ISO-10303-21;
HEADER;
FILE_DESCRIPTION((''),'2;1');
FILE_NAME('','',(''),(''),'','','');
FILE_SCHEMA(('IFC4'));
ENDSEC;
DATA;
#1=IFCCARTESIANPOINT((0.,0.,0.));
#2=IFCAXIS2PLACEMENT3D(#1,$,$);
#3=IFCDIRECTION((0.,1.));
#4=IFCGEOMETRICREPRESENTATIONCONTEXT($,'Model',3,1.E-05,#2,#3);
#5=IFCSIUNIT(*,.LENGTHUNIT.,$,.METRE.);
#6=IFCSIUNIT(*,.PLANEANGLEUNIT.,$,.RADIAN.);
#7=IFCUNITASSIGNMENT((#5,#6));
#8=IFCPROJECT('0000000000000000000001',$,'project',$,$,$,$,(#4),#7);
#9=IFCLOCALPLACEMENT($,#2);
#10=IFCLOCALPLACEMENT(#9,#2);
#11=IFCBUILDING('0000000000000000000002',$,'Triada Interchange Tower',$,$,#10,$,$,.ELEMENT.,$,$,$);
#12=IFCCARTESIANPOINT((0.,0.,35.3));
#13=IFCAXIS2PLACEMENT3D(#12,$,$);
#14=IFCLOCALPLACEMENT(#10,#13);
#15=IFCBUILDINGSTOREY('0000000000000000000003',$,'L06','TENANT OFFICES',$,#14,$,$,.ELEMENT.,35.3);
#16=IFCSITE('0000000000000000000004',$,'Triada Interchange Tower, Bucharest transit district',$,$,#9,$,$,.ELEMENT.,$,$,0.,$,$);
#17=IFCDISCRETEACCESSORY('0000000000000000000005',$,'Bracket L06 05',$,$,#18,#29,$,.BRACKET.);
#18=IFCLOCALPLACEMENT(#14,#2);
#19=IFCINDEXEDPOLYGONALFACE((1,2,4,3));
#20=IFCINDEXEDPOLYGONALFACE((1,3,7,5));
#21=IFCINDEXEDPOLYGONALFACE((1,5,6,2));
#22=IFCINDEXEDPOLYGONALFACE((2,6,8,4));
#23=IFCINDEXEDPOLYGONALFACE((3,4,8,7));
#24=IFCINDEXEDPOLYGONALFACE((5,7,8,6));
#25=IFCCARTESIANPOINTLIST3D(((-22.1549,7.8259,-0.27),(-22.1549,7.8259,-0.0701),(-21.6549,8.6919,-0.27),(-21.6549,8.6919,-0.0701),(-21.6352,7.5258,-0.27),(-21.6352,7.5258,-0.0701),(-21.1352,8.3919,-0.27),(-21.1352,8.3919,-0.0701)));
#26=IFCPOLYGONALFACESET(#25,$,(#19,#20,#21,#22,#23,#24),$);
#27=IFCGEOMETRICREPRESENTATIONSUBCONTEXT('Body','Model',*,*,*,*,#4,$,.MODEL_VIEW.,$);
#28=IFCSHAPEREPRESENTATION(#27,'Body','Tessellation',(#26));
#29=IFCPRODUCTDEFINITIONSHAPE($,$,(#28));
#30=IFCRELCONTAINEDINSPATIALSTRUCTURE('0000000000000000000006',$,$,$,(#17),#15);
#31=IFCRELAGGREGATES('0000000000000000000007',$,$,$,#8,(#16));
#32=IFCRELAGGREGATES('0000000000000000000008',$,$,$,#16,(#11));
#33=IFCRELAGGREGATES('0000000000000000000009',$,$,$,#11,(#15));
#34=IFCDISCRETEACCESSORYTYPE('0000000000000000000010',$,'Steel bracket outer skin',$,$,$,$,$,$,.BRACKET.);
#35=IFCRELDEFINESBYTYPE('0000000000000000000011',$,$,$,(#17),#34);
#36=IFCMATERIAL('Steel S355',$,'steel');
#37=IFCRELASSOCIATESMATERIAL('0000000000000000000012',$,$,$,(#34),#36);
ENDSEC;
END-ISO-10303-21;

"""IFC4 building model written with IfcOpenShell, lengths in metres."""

from ifc_helpers import new_model, si_unit, direction, frame, origin, origin_2d, place, context, subcontext, project, spatial, rectangle, extrude, material, type_object, element, save


model = new_model("IFC4")

# Units and contexts
model_context = context("Model", 3, precision=1e-05, world=origin(), true_north=direction((0.0, 1.0)))
body_context = subcontext(model_context, "Body", "Model", "MODEL_VIEW")
ifc_project = project(units=[si_unit("LENGTHUNIT", "METRE"), si_unit("PLANEANGLEUNIT", "RADIAN")], contexts=[model_context])

# Site, building, storey
site_placement = place(None, origin())
site = spatial("IfcSite", under=ifc_project, at=site_placement, Name="Triada Interchange Tower, Bucharest transit district", CompositionType="ELEMENT", RefElevation=0.0)
building_placement = place(site_placement, origin())
building = spatial("IfcBuilding", under=site, at=building_placement, Name="Triada Interchange Tower", CompositionType="ELEMENT")
storey_placement = place(building_placement, frame((0.0, 0.0, 35.3)))
storey = spatial("IfcBuildingStorey", under=building, at=storey_placement, Name="L06", Description="TENANT OFFICES", CompositionType="ELEMENT", Elevation=35.3)

# Discrete accessory
ifc_material_1 = material(Name="Steel S355", Category="steel")
discrete_accessory_type = type_object("IfcDiscreteAccessoryType", Name="Steel bracket outer skin", PredefinedType="BRACKET", material=ifc_material_1)
for number, where, z_axis, x_axis, name in (
    (1, (-21.645, 8.1089, -0.27), (0.0, 0.0, 1.0), (-0.866021, 0.500008, 0.0), "Bracket L06 05"),
):
    element("IfcDiscreteAccessory", number, at=place(storey_placement, frame(where, z_axis=z_axis, x_axis=x_axis)), inside=storey, type_object=discrete_accessory_type, Name=name, PredefinedType="BRACKET", context=body_context, shape_type="SweptSolid", body=[
        extrude(rectangle(XDim=0.6001, YDim=1.0, at=origin_2d()), origin(), (0.0, 0.0, 1.0), 0.2),
    ])

save(model, "model.ifc")
